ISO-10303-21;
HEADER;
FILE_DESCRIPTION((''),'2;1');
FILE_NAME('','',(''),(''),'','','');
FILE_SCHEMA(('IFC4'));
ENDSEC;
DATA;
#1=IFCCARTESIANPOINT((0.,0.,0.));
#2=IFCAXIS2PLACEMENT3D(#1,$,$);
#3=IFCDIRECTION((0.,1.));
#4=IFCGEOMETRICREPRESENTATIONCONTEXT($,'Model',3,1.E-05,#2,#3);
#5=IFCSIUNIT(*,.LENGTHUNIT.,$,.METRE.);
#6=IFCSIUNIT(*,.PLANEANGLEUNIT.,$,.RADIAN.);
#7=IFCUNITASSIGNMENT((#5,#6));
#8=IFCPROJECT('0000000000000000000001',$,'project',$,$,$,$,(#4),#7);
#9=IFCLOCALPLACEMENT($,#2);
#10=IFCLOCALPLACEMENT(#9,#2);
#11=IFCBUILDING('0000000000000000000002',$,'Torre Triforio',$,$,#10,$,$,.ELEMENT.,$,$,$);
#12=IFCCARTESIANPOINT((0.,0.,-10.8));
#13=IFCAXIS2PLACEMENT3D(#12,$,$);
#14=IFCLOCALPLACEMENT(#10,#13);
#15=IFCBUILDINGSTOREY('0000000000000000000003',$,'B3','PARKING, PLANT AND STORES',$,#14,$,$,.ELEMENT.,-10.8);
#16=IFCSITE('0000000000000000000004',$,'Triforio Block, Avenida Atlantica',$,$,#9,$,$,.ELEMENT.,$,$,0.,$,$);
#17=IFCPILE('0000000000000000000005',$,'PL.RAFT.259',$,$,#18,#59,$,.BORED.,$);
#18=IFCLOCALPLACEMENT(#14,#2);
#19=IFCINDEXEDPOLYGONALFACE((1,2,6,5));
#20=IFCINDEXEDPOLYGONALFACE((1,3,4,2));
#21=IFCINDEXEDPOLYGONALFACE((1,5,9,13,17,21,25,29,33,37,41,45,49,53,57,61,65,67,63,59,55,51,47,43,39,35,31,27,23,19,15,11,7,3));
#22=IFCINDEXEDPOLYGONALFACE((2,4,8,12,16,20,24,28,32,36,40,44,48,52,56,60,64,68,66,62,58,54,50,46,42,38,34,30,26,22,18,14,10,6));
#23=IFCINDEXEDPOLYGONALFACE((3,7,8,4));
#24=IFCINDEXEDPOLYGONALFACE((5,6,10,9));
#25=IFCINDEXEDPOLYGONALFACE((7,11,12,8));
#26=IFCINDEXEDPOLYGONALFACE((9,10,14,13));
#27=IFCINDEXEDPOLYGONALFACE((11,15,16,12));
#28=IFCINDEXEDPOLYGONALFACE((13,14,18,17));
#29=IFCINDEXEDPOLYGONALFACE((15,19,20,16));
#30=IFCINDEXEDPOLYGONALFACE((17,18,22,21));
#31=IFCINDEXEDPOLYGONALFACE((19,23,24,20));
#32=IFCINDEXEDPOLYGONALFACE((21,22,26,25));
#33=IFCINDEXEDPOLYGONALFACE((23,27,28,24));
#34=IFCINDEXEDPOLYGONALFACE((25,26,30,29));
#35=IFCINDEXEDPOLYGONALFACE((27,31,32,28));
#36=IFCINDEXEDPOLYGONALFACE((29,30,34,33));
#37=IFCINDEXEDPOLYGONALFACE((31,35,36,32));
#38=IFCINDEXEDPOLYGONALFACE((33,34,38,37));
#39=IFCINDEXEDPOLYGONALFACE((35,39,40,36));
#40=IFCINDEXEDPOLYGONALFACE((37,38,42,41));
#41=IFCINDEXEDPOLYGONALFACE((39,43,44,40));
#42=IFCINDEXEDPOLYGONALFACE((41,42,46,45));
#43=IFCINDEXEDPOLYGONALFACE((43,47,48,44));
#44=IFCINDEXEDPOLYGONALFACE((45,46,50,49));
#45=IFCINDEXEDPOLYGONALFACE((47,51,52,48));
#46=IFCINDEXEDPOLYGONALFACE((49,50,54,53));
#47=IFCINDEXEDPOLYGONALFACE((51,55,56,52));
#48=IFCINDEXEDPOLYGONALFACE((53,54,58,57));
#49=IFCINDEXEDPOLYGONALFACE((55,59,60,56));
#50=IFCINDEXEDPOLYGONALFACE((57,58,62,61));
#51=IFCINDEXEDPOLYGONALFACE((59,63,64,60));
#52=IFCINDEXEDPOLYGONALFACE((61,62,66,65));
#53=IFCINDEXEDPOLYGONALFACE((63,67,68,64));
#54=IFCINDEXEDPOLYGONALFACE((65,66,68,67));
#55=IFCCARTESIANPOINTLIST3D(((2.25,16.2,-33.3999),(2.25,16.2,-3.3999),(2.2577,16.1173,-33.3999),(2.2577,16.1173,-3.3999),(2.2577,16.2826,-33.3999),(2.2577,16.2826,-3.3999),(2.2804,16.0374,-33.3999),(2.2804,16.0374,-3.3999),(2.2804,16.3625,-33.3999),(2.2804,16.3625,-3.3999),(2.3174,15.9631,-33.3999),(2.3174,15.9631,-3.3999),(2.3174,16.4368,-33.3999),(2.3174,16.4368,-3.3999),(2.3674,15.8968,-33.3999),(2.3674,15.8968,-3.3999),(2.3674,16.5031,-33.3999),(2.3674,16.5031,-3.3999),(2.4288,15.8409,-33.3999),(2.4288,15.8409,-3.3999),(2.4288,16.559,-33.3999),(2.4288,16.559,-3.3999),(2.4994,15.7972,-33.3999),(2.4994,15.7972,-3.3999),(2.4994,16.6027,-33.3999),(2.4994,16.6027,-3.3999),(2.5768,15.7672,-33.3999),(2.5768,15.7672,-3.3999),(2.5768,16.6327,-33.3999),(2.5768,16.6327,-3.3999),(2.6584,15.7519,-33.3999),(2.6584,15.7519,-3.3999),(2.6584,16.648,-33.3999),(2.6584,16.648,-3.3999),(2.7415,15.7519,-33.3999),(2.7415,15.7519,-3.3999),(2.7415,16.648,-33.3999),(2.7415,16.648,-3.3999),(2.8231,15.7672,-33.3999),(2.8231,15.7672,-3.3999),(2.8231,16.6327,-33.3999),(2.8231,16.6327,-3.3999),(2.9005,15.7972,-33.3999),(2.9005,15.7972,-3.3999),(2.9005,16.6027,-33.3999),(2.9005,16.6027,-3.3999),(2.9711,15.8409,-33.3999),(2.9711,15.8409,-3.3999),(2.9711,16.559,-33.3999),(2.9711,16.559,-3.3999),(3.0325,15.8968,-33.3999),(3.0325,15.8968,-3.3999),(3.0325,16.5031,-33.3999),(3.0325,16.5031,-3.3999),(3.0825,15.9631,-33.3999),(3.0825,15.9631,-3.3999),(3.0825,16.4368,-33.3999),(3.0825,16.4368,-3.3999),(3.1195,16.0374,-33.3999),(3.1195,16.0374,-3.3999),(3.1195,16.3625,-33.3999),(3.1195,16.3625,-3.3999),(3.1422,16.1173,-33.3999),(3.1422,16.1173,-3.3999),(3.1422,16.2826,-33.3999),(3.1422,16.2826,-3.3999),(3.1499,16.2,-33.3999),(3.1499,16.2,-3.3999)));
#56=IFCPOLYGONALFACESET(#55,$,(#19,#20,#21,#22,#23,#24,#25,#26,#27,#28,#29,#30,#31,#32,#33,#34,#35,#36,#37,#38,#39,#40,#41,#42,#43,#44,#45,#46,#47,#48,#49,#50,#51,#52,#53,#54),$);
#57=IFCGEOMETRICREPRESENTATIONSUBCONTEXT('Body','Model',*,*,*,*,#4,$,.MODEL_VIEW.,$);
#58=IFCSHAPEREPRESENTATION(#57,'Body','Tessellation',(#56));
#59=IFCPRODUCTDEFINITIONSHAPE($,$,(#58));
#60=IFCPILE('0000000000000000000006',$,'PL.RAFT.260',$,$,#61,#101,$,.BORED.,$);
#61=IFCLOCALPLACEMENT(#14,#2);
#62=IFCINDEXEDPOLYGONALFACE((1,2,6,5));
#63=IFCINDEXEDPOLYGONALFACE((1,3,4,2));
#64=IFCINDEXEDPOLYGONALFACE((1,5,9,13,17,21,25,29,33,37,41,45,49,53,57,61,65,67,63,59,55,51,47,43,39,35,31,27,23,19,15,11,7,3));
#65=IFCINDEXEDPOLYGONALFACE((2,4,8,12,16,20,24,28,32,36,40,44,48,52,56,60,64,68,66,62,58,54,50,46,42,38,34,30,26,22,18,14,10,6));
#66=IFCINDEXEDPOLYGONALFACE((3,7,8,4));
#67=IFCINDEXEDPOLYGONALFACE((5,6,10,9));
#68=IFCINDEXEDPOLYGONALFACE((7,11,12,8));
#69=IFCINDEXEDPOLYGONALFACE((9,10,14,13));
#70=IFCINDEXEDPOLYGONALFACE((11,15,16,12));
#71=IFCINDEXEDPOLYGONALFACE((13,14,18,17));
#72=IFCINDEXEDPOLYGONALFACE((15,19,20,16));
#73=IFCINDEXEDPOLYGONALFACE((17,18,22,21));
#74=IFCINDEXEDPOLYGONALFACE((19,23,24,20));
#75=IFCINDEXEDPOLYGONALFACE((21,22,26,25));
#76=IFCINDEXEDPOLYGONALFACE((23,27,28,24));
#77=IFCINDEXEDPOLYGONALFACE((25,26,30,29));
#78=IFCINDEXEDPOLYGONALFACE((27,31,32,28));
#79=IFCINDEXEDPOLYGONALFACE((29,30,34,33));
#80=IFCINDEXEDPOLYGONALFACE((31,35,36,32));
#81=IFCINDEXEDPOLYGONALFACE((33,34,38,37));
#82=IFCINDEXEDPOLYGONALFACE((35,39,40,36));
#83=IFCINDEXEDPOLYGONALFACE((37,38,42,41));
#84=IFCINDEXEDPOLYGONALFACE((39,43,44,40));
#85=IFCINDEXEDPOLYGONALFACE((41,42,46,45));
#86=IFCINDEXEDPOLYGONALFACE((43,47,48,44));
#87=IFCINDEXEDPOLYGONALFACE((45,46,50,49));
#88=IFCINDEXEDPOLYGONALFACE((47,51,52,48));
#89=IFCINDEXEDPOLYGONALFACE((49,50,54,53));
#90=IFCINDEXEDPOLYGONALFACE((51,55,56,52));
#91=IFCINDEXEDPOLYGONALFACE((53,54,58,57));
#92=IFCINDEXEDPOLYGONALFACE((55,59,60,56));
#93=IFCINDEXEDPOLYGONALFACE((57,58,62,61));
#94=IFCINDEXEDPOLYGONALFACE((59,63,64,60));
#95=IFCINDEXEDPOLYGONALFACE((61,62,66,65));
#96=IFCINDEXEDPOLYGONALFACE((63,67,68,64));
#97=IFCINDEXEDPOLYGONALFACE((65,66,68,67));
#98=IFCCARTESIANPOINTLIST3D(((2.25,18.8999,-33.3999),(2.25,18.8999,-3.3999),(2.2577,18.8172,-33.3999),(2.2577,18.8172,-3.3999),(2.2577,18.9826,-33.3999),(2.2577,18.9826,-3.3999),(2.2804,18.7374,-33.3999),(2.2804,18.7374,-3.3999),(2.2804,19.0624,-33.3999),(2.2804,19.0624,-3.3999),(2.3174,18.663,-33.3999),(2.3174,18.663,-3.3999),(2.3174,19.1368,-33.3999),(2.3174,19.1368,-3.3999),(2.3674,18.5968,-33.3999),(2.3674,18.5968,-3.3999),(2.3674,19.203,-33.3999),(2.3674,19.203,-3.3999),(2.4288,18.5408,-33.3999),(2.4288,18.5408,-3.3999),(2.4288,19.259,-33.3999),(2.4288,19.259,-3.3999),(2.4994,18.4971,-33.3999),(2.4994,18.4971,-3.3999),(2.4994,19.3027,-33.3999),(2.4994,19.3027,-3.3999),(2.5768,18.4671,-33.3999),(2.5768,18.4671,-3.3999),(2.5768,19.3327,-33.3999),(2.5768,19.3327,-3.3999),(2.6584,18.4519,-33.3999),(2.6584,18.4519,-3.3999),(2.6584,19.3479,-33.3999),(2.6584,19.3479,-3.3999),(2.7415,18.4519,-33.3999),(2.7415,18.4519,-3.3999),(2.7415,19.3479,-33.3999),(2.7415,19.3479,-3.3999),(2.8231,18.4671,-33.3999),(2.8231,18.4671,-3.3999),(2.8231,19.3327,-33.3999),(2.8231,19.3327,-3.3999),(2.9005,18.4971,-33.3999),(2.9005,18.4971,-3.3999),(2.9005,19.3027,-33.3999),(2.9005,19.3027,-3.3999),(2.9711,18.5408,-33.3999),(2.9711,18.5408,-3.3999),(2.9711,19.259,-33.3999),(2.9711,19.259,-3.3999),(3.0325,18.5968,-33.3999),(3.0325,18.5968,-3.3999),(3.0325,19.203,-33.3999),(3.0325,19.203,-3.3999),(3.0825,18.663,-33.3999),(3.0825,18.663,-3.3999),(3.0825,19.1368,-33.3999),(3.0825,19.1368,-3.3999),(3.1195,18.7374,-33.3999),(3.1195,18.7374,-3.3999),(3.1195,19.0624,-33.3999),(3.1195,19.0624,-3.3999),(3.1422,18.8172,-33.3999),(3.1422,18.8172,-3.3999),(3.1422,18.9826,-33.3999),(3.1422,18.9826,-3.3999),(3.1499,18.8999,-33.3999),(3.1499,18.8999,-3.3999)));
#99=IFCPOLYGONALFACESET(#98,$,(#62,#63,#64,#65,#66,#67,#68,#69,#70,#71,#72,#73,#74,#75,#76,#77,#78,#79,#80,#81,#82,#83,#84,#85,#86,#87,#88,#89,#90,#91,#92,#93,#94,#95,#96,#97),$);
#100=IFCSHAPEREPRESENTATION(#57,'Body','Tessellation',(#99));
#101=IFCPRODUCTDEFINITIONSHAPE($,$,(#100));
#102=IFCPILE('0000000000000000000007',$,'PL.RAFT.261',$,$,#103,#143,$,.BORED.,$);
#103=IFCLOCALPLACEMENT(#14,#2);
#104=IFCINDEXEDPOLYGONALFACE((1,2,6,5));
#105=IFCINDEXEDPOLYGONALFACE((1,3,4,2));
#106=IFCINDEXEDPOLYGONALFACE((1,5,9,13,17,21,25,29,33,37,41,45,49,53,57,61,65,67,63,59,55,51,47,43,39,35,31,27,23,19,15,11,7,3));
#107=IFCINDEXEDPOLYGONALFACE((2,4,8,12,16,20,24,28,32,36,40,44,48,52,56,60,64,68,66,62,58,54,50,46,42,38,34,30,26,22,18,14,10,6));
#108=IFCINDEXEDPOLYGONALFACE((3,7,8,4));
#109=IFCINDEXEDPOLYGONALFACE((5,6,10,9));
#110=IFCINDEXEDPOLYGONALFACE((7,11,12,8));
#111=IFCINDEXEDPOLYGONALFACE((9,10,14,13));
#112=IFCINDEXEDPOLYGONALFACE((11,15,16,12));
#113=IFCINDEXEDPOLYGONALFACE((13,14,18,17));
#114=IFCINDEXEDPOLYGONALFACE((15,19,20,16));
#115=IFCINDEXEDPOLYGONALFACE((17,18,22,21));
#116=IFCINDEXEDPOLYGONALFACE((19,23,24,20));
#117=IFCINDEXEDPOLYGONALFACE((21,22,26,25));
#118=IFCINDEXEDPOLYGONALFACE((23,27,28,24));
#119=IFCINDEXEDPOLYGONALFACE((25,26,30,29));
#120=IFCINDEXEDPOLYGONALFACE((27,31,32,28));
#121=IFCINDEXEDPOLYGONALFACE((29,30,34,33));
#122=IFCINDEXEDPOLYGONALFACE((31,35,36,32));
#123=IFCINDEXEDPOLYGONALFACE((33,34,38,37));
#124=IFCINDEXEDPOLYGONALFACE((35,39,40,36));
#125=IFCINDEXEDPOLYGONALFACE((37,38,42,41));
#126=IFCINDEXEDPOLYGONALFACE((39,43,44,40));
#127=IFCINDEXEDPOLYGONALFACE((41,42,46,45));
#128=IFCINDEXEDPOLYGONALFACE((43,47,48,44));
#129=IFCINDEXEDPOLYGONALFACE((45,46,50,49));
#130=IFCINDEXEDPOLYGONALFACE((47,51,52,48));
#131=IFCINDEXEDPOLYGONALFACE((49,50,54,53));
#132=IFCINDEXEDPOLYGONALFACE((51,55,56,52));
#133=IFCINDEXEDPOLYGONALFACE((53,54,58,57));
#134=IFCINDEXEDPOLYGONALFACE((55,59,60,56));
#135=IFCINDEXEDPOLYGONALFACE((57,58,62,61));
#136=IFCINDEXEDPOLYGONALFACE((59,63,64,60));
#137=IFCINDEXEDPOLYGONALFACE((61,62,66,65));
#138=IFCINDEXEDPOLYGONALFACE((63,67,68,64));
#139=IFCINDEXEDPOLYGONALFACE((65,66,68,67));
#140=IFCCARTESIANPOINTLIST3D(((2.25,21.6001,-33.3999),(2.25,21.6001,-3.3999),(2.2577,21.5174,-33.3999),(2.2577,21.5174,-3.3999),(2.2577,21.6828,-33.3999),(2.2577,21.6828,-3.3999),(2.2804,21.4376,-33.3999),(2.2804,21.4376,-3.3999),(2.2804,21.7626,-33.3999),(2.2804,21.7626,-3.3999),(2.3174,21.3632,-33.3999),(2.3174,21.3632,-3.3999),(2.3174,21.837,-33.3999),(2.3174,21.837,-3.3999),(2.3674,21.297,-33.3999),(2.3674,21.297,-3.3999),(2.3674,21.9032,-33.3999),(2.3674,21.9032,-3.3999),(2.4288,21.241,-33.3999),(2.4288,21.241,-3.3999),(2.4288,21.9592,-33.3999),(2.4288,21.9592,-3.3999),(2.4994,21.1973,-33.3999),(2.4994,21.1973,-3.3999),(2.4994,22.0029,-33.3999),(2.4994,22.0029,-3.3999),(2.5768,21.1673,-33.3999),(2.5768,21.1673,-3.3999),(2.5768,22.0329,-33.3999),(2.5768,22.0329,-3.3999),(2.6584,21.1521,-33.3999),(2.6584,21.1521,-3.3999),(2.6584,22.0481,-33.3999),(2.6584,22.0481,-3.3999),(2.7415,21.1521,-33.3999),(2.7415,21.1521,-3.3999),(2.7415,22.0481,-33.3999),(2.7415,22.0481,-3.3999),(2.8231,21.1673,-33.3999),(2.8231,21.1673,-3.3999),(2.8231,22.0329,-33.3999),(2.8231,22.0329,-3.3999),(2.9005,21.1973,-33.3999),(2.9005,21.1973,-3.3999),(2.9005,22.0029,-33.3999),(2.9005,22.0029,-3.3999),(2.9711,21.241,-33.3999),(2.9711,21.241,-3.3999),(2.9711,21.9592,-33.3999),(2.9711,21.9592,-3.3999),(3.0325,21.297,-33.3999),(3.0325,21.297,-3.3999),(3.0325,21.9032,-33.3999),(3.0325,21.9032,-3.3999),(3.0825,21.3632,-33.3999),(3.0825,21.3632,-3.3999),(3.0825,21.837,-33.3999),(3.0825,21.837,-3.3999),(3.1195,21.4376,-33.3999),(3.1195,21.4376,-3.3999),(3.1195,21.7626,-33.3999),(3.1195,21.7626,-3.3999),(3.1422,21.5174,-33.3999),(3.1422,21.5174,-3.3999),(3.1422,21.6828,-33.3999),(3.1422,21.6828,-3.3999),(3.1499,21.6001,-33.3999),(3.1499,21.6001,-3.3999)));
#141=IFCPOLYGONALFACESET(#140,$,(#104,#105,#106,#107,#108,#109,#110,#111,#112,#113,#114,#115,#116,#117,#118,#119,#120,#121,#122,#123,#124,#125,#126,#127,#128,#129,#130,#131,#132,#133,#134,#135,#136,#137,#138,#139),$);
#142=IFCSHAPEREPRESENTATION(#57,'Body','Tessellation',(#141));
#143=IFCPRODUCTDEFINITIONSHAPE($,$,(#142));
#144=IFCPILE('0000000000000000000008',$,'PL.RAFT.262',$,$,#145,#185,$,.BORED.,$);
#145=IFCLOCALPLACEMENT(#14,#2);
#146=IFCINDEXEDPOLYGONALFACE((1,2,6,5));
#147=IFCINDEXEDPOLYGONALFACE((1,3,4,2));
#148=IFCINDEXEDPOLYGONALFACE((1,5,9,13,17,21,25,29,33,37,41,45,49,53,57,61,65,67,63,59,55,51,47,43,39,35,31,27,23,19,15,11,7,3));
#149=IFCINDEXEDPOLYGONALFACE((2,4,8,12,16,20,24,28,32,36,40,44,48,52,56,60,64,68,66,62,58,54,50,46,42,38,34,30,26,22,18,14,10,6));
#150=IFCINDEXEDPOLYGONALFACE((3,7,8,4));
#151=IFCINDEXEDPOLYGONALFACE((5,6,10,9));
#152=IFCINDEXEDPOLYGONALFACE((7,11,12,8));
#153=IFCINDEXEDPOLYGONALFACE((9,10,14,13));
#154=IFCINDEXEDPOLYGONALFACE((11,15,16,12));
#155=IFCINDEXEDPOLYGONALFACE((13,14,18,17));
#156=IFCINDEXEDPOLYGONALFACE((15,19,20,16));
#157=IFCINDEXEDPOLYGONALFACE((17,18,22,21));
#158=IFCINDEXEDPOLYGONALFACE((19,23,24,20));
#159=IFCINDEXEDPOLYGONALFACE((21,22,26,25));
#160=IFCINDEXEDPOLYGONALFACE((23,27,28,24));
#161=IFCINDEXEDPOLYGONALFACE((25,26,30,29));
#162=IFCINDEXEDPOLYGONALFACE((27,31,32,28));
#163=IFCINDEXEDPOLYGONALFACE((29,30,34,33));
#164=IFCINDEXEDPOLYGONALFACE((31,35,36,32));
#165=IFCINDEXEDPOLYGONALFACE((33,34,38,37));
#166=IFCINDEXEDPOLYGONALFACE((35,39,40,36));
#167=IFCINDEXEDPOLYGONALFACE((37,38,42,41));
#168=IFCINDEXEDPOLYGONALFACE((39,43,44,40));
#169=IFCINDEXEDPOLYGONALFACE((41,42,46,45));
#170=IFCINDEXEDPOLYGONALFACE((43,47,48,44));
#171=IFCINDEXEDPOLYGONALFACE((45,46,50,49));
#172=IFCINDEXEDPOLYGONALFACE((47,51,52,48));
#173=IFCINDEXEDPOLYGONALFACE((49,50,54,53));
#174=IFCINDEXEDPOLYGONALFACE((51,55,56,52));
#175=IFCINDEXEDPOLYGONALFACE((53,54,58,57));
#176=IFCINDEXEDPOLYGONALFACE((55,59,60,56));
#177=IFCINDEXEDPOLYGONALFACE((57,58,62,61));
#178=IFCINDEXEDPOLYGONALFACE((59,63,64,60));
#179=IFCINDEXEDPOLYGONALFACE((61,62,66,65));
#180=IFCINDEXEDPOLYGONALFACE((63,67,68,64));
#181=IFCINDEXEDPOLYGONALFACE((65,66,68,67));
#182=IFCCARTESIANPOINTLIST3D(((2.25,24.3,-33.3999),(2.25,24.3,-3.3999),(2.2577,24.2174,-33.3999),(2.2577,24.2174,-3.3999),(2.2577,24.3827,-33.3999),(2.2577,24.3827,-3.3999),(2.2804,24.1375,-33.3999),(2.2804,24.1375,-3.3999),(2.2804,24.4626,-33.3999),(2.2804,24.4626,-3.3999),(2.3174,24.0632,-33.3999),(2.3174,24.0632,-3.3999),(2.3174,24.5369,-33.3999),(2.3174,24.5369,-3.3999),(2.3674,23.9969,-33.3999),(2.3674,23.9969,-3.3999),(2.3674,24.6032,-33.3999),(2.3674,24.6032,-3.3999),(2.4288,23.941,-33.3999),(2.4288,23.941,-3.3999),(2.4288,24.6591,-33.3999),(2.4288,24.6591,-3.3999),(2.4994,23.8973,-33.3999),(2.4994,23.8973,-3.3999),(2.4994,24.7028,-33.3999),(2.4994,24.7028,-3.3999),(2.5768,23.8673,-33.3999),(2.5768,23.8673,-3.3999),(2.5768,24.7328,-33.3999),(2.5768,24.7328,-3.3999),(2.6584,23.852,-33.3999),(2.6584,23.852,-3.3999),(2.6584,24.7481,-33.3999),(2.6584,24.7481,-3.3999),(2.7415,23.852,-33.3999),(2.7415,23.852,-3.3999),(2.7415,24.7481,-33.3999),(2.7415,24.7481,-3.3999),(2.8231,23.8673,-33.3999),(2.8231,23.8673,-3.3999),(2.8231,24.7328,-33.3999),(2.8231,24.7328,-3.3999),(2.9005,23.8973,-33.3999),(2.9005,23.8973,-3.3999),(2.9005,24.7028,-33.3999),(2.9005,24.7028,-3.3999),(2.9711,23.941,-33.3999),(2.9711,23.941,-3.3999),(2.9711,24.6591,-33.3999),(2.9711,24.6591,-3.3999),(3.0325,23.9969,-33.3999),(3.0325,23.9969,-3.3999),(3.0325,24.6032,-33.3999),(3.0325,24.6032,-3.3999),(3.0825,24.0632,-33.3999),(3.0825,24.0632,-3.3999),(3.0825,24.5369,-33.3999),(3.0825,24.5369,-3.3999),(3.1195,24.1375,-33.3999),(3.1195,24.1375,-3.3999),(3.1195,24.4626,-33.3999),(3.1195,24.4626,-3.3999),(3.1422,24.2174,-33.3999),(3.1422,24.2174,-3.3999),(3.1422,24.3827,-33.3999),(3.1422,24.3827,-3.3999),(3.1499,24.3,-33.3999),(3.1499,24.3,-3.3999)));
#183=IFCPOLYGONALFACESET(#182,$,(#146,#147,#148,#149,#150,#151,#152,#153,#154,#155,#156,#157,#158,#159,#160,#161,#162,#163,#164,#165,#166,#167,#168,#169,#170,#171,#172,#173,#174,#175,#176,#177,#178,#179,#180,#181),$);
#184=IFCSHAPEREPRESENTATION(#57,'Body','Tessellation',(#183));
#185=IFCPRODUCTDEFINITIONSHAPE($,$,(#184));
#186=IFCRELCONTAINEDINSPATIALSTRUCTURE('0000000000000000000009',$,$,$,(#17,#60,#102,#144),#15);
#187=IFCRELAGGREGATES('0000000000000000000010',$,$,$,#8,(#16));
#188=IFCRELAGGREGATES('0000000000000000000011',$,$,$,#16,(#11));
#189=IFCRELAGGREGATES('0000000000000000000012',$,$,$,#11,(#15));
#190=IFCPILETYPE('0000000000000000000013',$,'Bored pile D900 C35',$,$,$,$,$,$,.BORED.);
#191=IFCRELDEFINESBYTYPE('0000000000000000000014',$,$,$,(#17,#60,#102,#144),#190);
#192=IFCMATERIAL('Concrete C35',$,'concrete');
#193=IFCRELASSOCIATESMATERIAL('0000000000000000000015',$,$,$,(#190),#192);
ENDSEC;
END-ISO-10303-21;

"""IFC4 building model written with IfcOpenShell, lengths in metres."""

from ifc_helpers import new_model, si_unit, direction, frame, origin, origin_2d, place, context, subcontext, project, spatial, circle, extrude, material, material_profile, profile_set, type_object, element, save


model = new_model("IFC4")

# Units and contexts
model_context = context("Model", 3, precision=1e-05, world=origin(), true_north=direction((0.0, 1.0)))
body_context = subcontext(model_context, "Body", "Model", "MODEL_VIEW")
ifc_project = project(units=[si_unit("LENGTHUNIT", "METRE"), si_unit("PLANEANGLEUNIT", "RADIAN")], contexts=[model_context])

# Site, building, storey
site_placement = place(None, origin())
site = spatial("IfcSite", under=ifc_project, at=site_placement, Name="Triforio Block, Avenida Atlantica", CompositionType="ELEMENT", RefElevation=0.0)
building_placement = place(site_placement, origin())
building = spatial("IfcBuilding", under=site, at=building_placement, Name="Torre Triforio", CompositionType="ELEMENT")
storey_placement = place(building_placement, frame((0.0, 0.0, -10.8)))
storey = spatial("IfcBuildingStorey", under=building, at=storey_placement, Name="B3", Description="PARKING, PLANT AND STORES", CompositionType="ELEMENT", Elevation=-10.8)

# Piles
ifc_material_1 = material(Name="Concrete C35", Category="concrete")
ifc_material_profile_1 = material_profile(ifc_material_1, circle(Radius=0.45, at=origin_2d()), Name="RC D900")
ifc_profile_set_1 = profile_set([ifc_material_profile_1], Name="Concrete C35")
pile_type = type_object("IfcPileType", Name="Bored pile D900 C35", PredefinedType="BORED", material=ifc_profile_set_1)
for number, where, z_axis, x_axis, name in (
    (1, (2.7, 16.2, -3.3999), (0.0, 0.0, -1.0), (1.0, 0.0, 0.0), "PL.RAFT.259"),
    (2, (2.7, 18.8999, -3.3999), (0.0, 0.0, -1.0), (1.0, 0.0, 0.0), "PL.RAFT.260"),
    (3, (2.7, 21.6001, -3.3999), (0.0, 0.0, -1.0), (1.0, 0.0, 0.0), "PL.RAFT.261"),
    (4, (2.7, 24.3, -3.3999), (0.0, 0.0, -1.0), (1.0, 0.0, 0.0), "PL.RAFT.262"),
):
    element("IfcPile", number, at=place(storey_placement, frame(where, z_axis=z_axis, x_axis=x_axis)), inside=storey, type_object=pile_type, Name=name, PredefinedType="BORED", context=body_context, shape_type="SweptSolid", body=[
        extrude(circle(Radius=0.45, at=origin_2d()), origin(), (0.0, 0.0, 1.0), 30.0),
    ])

save(model, "model.ifc")
